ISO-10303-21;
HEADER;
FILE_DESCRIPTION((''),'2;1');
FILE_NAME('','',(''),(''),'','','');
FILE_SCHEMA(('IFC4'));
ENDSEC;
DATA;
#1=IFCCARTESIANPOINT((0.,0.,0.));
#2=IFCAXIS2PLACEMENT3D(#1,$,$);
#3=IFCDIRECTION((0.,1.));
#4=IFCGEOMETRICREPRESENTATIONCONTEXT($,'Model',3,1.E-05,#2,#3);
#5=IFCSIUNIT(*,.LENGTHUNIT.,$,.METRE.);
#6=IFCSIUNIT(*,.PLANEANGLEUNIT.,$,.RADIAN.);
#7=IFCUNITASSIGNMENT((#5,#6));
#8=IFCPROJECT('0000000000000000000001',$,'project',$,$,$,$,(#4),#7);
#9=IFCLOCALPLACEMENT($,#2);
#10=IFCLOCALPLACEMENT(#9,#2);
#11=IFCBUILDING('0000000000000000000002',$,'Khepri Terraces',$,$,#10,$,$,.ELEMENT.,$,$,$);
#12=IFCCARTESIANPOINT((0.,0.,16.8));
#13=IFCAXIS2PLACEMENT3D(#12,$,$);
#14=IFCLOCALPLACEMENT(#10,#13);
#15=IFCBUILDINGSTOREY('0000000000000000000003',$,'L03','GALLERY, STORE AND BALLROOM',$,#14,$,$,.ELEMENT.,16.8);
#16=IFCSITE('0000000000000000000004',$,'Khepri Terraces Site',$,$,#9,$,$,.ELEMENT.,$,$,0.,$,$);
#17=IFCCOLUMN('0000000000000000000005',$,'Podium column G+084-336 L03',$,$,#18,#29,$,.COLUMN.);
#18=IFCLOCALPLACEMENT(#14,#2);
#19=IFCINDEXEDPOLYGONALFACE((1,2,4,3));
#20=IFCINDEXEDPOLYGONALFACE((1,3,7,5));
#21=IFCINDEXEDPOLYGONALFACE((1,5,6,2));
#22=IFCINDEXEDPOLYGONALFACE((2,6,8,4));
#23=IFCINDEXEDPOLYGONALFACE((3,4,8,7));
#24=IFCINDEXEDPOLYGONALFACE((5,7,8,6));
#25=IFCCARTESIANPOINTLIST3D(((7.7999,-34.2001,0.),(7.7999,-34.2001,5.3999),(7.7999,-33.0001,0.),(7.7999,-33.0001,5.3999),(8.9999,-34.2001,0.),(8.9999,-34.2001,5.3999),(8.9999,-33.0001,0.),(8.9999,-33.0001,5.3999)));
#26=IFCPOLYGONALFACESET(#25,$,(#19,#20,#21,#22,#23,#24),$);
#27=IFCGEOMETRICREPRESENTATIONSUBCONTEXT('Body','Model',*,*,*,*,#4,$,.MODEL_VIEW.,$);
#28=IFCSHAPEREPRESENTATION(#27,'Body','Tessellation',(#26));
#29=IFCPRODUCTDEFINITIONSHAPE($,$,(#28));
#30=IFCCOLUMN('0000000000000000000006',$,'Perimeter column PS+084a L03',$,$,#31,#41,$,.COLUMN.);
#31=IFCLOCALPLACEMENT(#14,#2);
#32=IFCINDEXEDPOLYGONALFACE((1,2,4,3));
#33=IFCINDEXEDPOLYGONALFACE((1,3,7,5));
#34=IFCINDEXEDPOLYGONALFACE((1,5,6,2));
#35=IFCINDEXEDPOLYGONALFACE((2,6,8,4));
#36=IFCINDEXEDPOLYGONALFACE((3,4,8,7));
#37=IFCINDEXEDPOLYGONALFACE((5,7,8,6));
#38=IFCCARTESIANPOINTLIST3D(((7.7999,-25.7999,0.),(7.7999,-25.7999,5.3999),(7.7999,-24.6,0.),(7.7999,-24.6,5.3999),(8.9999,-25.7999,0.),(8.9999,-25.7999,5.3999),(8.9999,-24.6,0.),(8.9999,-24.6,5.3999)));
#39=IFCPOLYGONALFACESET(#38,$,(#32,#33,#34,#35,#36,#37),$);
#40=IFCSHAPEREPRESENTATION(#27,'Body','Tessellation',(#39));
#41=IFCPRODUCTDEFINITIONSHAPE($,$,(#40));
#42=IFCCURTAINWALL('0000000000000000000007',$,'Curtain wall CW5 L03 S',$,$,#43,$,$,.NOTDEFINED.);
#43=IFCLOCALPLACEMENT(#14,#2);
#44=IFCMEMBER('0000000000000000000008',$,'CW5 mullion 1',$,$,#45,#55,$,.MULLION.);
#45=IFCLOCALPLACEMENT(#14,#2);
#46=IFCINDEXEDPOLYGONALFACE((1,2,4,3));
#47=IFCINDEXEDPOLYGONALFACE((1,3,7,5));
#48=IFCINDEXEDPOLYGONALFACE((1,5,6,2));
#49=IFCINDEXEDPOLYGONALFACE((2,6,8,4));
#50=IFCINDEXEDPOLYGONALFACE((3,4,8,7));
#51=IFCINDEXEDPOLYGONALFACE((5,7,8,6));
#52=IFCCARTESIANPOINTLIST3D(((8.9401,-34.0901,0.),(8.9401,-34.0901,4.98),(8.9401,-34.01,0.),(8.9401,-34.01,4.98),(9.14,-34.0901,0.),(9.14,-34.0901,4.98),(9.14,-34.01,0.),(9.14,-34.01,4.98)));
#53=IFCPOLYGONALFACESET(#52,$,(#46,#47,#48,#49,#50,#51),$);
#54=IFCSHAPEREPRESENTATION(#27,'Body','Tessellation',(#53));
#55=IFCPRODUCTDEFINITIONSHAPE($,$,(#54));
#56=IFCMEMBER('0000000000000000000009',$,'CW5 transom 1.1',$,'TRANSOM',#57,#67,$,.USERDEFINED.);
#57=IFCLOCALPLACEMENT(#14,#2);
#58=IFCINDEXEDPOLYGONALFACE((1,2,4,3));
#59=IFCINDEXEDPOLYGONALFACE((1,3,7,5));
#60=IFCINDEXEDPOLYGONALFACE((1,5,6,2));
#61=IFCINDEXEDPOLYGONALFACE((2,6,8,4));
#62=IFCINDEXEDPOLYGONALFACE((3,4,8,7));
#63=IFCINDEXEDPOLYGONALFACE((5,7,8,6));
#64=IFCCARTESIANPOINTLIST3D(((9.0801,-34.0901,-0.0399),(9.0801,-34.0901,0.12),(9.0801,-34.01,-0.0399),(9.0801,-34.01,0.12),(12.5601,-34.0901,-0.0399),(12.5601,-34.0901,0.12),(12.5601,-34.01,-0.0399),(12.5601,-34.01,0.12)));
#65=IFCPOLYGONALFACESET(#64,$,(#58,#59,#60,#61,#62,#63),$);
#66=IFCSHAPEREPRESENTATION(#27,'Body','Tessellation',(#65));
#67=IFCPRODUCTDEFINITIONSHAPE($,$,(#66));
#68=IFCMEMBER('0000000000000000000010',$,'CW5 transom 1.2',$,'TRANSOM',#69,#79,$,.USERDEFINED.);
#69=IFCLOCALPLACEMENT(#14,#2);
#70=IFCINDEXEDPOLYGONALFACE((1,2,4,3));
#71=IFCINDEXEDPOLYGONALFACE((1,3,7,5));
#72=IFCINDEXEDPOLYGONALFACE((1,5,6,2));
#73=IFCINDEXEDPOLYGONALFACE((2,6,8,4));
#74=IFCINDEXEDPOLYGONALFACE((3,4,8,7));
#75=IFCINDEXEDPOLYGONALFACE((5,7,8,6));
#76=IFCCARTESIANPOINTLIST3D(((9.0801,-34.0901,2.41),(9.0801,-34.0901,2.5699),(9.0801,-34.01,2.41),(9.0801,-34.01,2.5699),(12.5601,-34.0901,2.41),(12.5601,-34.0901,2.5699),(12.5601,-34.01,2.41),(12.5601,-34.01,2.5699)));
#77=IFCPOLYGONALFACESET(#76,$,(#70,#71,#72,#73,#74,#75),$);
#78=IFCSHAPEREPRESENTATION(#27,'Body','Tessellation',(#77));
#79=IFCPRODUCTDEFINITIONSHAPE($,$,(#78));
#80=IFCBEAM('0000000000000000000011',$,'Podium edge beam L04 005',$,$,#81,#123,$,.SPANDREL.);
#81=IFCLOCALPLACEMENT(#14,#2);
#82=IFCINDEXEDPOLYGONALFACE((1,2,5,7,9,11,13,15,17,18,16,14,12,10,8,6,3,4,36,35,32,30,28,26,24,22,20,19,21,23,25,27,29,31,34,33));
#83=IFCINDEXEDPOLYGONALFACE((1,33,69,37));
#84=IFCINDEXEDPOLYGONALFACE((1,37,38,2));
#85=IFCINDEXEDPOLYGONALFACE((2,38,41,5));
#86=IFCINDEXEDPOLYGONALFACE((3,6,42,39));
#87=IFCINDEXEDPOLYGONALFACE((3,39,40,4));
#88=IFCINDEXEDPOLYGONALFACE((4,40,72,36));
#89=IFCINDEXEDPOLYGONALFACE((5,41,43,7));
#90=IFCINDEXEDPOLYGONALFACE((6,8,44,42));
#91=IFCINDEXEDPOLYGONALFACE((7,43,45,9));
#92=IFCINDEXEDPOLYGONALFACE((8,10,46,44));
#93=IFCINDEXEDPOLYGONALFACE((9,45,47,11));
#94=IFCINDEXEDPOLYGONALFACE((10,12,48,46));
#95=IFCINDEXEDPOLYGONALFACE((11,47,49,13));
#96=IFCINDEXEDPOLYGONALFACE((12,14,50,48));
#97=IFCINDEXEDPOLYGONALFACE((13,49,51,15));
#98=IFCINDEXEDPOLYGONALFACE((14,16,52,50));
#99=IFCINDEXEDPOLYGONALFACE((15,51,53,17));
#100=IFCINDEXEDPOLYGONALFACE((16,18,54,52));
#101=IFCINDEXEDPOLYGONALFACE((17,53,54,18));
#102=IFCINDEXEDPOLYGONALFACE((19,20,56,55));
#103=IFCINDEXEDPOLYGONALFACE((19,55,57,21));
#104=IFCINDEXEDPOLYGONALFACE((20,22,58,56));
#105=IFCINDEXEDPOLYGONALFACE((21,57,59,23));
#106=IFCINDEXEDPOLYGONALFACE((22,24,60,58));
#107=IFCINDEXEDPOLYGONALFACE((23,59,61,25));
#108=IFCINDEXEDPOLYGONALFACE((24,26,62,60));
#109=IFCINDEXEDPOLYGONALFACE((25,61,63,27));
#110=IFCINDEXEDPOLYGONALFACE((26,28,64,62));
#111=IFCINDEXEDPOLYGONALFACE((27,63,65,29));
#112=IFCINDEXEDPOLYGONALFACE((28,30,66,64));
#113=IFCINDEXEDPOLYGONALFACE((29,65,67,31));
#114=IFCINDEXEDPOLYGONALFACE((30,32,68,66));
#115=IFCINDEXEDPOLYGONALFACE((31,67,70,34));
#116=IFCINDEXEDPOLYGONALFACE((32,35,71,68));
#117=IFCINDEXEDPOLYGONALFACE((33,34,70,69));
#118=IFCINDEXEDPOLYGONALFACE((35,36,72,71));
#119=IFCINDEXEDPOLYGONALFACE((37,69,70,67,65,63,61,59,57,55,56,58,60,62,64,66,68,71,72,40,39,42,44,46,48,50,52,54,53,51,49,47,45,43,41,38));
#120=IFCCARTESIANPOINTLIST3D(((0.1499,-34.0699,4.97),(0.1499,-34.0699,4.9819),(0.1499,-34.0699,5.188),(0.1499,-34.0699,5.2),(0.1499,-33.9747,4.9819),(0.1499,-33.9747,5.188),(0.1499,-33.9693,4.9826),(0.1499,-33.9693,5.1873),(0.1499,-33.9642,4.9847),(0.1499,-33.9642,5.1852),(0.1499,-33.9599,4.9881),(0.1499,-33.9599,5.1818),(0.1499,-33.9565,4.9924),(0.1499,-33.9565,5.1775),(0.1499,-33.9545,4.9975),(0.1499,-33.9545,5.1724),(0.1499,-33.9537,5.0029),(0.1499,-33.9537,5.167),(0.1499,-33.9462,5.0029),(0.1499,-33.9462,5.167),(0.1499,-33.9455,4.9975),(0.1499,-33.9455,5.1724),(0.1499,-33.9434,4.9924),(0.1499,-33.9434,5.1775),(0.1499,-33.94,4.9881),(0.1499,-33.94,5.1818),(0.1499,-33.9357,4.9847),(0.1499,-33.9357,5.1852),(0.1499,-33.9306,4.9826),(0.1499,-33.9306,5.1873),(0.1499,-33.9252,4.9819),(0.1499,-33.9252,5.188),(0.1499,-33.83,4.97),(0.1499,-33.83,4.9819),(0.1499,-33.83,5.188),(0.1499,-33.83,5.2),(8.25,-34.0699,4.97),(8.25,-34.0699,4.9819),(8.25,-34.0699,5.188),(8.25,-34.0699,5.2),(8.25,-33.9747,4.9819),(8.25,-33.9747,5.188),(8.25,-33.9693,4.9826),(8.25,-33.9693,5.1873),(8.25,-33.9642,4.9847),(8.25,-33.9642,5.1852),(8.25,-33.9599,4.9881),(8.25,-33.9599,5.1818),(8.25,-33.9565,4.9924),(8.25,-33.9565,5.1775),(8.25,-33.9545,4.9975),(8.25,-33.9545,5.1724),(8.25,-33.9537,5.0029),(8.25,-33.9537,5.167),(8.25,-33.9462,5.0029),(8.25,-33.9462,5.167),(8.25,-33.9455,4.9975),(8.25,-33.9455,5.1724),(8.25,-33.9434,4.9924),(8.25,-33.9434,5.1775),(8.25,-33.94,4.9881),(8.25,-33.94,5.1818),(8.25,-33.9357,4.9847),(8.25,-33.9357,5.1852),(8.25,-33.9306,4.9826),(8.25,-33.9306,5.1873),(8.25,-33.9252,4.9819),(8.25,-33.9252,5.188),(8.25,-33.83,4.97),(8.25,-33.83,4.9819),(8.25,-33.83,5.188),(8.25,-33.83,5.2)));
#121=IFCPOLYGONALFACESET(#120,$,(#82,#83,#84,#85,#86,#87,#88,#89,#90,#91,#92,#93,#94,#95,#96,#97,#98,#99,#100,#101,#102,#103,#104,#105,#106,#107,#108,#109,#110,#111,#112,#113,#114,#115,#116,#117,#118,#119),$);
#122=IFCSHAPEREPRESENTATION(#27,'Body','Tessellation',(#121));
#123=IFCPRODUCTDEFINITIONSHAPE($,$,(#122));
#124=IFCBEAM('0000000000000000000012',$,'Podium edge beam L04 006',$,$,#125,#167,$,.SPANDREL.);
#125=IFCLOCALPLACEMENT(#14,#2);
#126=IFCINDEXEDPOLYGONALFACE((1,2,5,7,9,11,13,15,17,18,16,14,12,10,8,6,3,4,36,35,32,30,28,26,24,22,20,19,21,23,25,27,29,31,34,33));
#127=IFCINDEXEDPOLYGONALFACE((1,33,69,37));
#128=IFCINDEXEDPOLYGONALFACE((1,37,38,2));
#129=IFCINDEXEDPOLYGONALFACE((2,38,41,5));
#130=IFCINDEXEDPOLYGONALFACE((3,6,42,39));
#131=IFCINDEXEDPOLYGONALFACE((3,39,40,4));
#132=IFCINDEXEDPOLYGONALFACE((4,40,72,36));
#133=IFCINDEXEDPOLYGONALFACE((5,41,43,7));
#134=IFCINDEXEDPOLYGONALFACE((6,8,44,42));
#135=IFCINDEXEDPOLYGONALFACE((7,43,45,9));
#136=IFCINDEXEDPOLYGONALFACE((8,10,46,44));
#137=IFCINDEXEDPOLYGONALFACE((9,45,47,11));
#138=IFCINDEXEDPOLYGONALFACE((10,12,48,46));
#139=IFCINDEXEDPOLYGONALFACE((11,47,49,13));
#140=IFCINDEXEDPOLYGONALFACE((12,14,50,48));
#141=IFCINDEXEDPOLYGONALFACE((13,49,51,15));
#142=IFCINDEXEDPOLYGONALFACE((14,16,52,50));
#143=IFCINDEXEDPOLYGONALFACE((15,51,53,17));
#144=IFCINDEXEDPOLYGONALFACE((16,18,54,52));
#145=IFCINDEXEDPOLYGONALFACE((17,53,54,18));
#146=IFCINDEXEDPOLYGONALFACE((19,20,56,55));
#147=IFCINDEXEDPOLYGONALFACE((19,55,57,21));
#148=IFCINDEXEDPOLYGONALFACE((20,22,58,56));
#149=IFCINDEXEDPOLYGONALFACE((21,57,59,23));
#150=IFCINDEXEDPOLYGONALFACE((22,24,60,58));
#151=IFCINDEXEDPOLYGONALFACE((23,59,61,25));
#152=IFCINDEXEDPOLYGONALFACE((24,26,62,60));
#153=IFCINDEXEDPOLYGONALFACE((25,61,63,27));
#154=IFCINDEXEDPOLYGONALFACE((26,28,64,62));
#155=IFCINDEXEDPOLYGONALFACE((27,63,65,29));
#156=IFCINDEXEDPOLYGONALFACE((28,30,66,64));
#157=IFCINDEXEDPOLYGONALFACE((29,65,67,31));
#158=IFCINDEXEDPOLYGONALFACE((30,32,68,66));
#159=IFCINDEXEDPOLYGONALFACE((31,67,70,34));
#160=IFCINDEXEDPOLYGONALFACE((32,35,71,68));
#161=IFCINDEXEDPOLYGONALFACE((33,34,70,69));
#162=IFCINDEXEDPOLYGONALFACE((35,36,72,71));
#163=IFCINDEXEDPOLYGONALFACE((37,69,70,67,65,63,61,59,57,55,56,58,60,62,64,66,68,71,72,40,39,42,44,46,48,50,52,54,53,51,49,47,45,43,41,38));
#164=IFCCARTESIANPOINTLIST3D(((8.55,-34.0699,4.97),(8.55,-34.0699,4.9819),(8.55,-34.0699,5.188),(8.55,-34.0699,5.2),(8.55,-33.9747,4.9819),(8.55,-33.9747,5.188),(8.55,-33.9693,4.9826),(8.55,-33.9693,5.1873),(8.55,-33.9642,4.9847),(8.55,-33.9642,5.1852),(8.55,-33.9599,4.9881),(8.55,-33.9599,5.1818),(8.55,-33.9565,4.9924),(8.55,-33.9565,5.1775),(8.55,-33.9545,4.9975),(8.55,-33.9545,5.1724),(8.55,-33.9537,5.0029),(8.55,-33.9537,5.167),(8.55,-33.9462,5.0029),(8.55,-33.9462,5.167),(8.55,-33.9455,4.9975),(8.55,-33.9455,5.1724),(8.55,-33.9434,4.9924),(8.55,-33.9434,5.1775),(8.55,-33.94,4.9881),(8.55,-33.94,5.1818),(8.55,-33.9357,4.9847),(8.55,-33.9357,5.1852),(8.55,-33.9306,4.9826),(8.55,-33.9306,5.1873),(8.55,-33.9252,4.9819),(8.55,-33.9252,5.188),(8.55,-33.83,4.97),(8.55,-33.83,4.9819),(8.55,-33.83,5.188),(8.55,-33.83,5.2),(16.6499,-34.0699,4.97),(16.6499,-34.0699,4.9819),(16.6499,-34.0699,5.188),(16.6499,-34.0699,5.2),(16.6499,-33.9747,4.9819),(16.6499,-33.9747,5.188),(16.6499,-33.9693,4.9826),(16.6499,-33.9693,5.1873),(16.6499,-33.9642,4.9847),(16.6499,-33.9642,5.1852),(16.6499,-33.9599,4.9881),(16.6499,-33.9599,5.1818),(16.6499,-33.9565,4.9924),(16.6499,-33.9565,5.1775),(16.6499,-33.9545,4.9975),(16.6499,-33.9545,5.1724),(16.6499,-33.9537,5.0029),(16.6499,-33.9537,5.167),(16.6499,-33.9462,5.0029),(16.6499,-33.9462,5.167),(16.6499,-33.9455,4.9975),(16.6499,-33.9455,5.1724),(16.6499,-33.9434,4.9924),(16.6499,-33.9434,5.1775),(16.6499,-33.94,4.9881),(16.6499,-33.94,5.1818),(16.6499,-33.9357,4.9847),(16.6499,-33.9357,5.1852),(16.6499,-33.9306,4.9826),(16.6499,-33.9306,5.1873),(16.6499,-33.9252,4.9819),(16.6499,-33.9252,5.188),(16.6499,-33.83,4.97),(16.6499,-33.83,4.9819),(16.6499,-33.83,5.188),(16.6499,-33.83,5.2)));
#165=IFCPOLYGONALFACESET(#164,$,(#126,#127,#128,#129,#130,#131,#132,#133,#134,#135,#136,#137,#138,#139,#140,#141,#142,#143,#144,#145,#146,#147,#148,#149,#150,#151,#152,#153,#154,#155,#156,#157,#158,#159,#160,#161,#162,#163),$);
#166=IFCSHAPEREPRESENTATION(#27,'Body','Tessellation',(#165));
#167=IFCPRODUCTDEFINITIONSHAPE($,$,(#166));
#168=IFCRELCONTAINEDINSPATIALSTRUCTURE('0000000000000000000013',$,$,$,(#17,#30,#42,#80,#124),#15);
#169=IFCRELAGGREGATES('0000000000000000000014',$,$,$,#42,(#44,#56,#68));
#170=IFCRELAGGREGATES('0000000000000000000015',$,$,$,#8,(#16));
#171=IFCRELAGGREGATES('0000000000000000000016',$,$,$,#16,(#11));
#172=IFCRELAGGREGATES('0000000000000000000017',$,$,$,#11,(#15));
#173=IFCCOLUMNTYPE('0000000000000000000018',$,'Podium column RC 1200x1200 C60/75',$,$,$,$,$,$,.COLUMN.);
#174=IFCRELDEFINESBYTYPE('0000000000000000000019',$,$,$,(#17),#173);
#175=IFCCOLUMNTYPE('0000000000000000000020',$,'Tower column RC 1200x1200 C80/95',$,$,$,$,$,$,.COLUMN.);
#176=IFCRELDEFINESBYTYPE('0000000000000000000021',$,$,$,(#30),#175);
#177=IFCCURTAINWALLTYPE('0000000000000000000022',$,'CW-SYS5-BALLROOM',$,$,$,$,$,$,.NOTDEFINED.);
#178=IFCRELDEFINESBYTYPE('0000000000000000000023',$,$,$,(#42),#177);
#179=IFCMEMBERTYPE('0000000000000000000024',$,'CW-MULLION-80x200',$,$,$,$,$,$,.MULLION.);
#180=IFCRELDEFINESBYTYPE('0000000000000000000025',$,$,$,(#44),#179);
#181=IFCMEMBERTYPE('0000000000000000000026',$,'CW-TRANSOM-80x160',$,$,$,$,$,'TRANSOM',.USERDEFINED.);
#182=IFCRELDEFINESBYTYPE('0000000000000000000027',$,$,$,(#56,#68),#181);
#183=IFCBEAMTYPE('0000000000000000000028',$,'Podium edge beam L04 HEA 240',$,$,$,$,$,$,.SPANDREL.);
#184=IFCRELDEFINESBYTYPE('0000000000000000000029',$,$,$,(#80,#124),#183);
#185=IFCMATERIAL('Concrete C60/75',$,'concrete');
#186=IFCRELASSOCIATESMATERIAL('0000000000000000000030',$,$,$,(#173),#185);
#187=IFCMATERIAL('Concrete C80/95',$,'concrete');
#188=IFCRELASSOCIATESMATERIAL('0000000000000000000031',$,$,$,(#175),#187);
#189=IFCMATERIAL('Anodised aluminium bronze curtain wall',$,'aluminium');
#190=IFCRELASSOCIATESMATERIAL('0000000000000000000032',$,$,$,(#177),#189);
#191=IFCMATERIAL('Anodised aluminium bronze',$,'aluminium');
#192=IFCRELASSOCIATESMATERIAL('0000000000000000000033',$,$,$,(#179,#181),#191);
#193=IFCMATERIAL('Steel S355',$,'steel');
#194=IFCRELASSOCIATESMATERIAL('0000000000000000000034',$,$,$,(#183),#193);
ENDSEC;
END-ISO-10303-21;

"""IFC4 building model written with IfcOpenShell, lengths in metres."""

from ifc_helpers import new_model, si_unit, direction, frame, origin, origin_2d, place, context, subcontext, project, spatial, rectangle, i_section, extrude, material, material_profile, profile_set, type_object, element, aggregate, save


model = new_model("IFC4")

# Units and contexts
model_context = context("Model", 3, precision=1e-05, world=origin(), true_north=direction((0.0, 1.0)))
body_context = subcontext(model_context, "Body", "Model", "MODEL_VIEW")
ifc_project = project(units=[si_unit("LENGTHUNIT", "METRE"), si_unit("PLANEANGLEUNIT", "RADIAN")], contexts=[model_context])

# Site, building, storey
site_placement = place(None, origin())
site = spatial("IfcSite", under=ifc_project, at=site_placement, Name="Khepri Terraces Site", CompositionType="ELEMENT", RefElevation=0.0)
building_placement = place(site_placement, origin())
building = spatial("IfcBuilding", under=site, at=building_placement, Name="Khepri Terraces", CompositionType="ELEMENT")
storey_placement = place(building_placement, frame((0.0, 0.0, 16.8)))
storey = spatial("IfcBuildingStorey", under=building, at=storey_placement, Name="L03", Description="GALLERY, STORE AND BALLROOM", CompositionType="ELEMENT", Elevation=16.8)

# Columns
ifc_material_1 = material(Name="Concrete C60/75", Category="concrete")
ifc_material_profile_1 = material_profile(ifc_material_1, rectangle(XDim=1.2, YDim=1.2, at=origin_2d()), Name="Concrete C60/75", Category="concrete")
ifc_profile_set_1 = profile_set([ifc_material_profile_1], Name="Concrete C60/75")
column_type_1 = type_object("IfcColumnType", Name="Podium column RC 1200x1200 C60/75", PredefinedType="COLUMN", material=ifc_profile_set_1)
column_1_placement = place(storey_placement, frame((8.3999, -33.6001, 0.0), z_axis=(0.0, 0.0, 1.0), x_axis=(1.0, 0.0, 0.0)))
element("IfcColumn", 1, at=column_1_placement, inside=storey, type_object=column_type_1, Name="Podium column G+084-336 L03", PredefinedType="COLUMN", context=body_context, shape_type="SweptSolid", body=[
    extrude(rectangle(XDim=1.2, YDim=1.2, at=origin_2d()), origin(), (0.0, 0.0, 1.0), 5.3999),
])
ifc_material_2 = material(Name="Concrete C80/95", Category="concrete")
ifc_material_profile_2 = material_profile(ifc_material_2, rectangle(XDim=1.2, YDim=1.2, at=origin_2d()), Name="Concrete C80/95", Category="concrete")
ifc_profile_set_2 = profile_set([ifc_material_profile_2], Name="Concrete C80/95")
column_type_2 = type_object("IfcColumnType", Name="Tower column RC 1200x1200 C80/95", PredefinedType="COLUMN", material=ifc_profile_set_2)
column_2_placement = place(storey_placement, frame((8.3999, -25.2, 0.0), z_axis=(0.0, 0.0, 1.0), x_axis=(1.0, 0.0, 0.0)))
element("IfcColumn", 2, at=column_2_placement, inside=storey, type_object=column_type_2, Name="Perimeter column PS+084a L03", PredefinedType="COLUMN", context=body_context, shape_type="SweptSolid", body=[
    extrude(rectangle(XDim=1.2, YDim=1.2, at=origin_2d()), origin(), (0.0, 0.0, 1.0), 5.3999),
])

# Curtain wall, members
ifc_material_3 = material(Name="Anodised aluminium bronze curtain wall", Category="aluminium")
curtain_wall_type = type_object("IfcCurtainWallType", Name="CW-SYS5-BALLROOM", PredefinedType="NOTDEFINED", material=ifc_material_3)
curtain_wall_placement = place(storey_placement, origin())
curtain_wall = element("IfcCurtainWall", 3, at=curtain_wall_placement, inside=storey, type_object=curtain_wall_type, Name="Curtain wall CW5 L03 S", PredefinedType="NOTDEFINED")
ifc_material_4 = material(Name="Anodised aluminium bronze", Category="aluminium")
ifc_material_profile_3 = material_profile(ifc_material_4, rectangle(XDim=0.0801, YDim=0.2, at=origin_2d()), Name="Anodised aluminium bronze", Category="aluminium")
ifc_profile_set_3 = profile_set([ifc_material_profile_3], Name="Anodised aluminium bronze")
member_type_1 = type_object("IfcMemberType", Name="CW-MULLION-80x200", PredefinedType="MULLION", material=ifc_profile_set_3)
member_1_placement = place(storey_placement, frame((9.04, -34.05, 0.0), z_axis=(0.0, 0.0, 1.0), x_axis=(0.0, 1.0, 0.0)))
member_1 = element("IfcMember", 4, at=member_1_placement, type_object=member_type_1, Name="CW5 mullion 1", PredefinedType="MULLION", context=body_context, shape_type="SweptSolid", body=[
    extrude(rectangle(XDim=0.0801, YDim=0.2, at=origin_2d()), origin(), (0.0, 0.0, 1.0), 4.98),
])
ifc_material_profile_4 = material_profile(ifc_material_4, rectangle(XDim=0.0801, YDim=0.1599, at=origin_2d()), Name="Anodised aluminium bronze", Category="aluminium")
ifc_profile_set_4 = profile_set([ifc_material_profile_4], Name="Anodised aluminium bronze")
member_type_2 = type_object("IfcMemberType", Name="CW-TRANSOM-80x160", ElementType="TRANSOM", PredefinedType="USERDEFINED", material=ifc_profile_set_4)
member_2_placement = place(storey_placement, frame((9.0801, -34.05, 0.04), z_axis=(1.0, 0.0, 0.0), x_axis=(0.0, 1.0, 0.0)))
member_2 = element("IfcMember", 5, at=member_2_placement, type_object=member_type_2, Name="CW5 transom 1.1", ObjectType="TRANSOM", PredefinedType="USERDEFINED", context=body_context, shape_type="SweptSolid", body=[
    extrude(rectangle(XDim=0.0801, YDim=0.1599, at=origin_2d()), origin(), (0.0, 0.0, 1.0), 3.48),
])
member_3_placement = place(storey_placement, frame((9.0801, -34.05, 2.49), z_axis=(1.0, 0.0, 0.0), x_axis=(0.0, 1.0, 0.0)))
member_3 = element("IfcMember", 6, at=member_3_placement, type_object=member_type_2, Name="CW5 transom 1.2", ObjectType="TRANSOM", PredefinedType="USERDEFINED", context=body_context, shape_type="SweptSolid", body=[
    extrude(rectangle(XDim=0.0801, YDim=0.1599, at=origin_2d()), origin(), (0.0, 0.0, 1.0), 3.48),
])
aggregate(curtain_wall, [member_1, member_2, member_3])

# Beams
ifc_material_5 = material(Name="Steel S355", Category="steel")
ifc_material_profile_5 = material_profile(ifc_material_5, i_section(OverallWidth=0.24, OverallDepth=0.23, WebThickness=0.0076, FlangeThickness=0.012, FilletRadius=0.021, at=origin_2d()), Name="Steel S355", Category="steel")
ifc_profile_set_5 = profile_set([ifc_material_profile_5], Name="Steel S355")
beam_type_1 = type_object("IfcBeamType", Name="Podium edge beam L04 HEA 240", PredefinedType="SPANDREL", material=ifc_profile_set_5)
beam_1_placement = place(storey_placement, frame((0.1499, -33.95, 5.085), z_axis=(1.0, 0.0, 0.0), x_axis=(0.0, 1.0, 0.0)))
element("IfcBeam", 7, at=beam_1_placement, inside=storey, type_object=beam_type_1, Name="Podium edge beam L04 005", PredefinedType="SPANDREL", context=body_context, shape_type="SweptSolid", body=[
    extrude(i_section(OverallWidth=0.24, OverallDepth=0.23, WebThickness=0.0076, FlangeThickness=0.012, FilletRadius=0.021, at=origin_2d()), origin(), (0.0, 0.0, 1.0), 8.1001),
])
beam_2_placement = place(storey_placement, frame((8.55, -33.95, 5.085), z_axis=(1.0, 0.0, 0.0), x_axis=(0.0, 1.0, 0.0)))
element("IfcBeam", 8, at=beam_2_placement, inside=storey, type_object=beam_type_1, Name="Podium edge beam L04 006", PredefinedType="SPANDREL", context=body_context, shape_type="SweptSolid", body=[
    extrude(i_section(OverallWidth=0.24, OverallDepth=0.23, WebThickness=0.0076, FlangeThickness=0.012, FilletRadius=0.021, at=origin_2d()), origin(), (0.0, 0.0, 1.0), 8.0999),
])

save(model, "model.ifc")
